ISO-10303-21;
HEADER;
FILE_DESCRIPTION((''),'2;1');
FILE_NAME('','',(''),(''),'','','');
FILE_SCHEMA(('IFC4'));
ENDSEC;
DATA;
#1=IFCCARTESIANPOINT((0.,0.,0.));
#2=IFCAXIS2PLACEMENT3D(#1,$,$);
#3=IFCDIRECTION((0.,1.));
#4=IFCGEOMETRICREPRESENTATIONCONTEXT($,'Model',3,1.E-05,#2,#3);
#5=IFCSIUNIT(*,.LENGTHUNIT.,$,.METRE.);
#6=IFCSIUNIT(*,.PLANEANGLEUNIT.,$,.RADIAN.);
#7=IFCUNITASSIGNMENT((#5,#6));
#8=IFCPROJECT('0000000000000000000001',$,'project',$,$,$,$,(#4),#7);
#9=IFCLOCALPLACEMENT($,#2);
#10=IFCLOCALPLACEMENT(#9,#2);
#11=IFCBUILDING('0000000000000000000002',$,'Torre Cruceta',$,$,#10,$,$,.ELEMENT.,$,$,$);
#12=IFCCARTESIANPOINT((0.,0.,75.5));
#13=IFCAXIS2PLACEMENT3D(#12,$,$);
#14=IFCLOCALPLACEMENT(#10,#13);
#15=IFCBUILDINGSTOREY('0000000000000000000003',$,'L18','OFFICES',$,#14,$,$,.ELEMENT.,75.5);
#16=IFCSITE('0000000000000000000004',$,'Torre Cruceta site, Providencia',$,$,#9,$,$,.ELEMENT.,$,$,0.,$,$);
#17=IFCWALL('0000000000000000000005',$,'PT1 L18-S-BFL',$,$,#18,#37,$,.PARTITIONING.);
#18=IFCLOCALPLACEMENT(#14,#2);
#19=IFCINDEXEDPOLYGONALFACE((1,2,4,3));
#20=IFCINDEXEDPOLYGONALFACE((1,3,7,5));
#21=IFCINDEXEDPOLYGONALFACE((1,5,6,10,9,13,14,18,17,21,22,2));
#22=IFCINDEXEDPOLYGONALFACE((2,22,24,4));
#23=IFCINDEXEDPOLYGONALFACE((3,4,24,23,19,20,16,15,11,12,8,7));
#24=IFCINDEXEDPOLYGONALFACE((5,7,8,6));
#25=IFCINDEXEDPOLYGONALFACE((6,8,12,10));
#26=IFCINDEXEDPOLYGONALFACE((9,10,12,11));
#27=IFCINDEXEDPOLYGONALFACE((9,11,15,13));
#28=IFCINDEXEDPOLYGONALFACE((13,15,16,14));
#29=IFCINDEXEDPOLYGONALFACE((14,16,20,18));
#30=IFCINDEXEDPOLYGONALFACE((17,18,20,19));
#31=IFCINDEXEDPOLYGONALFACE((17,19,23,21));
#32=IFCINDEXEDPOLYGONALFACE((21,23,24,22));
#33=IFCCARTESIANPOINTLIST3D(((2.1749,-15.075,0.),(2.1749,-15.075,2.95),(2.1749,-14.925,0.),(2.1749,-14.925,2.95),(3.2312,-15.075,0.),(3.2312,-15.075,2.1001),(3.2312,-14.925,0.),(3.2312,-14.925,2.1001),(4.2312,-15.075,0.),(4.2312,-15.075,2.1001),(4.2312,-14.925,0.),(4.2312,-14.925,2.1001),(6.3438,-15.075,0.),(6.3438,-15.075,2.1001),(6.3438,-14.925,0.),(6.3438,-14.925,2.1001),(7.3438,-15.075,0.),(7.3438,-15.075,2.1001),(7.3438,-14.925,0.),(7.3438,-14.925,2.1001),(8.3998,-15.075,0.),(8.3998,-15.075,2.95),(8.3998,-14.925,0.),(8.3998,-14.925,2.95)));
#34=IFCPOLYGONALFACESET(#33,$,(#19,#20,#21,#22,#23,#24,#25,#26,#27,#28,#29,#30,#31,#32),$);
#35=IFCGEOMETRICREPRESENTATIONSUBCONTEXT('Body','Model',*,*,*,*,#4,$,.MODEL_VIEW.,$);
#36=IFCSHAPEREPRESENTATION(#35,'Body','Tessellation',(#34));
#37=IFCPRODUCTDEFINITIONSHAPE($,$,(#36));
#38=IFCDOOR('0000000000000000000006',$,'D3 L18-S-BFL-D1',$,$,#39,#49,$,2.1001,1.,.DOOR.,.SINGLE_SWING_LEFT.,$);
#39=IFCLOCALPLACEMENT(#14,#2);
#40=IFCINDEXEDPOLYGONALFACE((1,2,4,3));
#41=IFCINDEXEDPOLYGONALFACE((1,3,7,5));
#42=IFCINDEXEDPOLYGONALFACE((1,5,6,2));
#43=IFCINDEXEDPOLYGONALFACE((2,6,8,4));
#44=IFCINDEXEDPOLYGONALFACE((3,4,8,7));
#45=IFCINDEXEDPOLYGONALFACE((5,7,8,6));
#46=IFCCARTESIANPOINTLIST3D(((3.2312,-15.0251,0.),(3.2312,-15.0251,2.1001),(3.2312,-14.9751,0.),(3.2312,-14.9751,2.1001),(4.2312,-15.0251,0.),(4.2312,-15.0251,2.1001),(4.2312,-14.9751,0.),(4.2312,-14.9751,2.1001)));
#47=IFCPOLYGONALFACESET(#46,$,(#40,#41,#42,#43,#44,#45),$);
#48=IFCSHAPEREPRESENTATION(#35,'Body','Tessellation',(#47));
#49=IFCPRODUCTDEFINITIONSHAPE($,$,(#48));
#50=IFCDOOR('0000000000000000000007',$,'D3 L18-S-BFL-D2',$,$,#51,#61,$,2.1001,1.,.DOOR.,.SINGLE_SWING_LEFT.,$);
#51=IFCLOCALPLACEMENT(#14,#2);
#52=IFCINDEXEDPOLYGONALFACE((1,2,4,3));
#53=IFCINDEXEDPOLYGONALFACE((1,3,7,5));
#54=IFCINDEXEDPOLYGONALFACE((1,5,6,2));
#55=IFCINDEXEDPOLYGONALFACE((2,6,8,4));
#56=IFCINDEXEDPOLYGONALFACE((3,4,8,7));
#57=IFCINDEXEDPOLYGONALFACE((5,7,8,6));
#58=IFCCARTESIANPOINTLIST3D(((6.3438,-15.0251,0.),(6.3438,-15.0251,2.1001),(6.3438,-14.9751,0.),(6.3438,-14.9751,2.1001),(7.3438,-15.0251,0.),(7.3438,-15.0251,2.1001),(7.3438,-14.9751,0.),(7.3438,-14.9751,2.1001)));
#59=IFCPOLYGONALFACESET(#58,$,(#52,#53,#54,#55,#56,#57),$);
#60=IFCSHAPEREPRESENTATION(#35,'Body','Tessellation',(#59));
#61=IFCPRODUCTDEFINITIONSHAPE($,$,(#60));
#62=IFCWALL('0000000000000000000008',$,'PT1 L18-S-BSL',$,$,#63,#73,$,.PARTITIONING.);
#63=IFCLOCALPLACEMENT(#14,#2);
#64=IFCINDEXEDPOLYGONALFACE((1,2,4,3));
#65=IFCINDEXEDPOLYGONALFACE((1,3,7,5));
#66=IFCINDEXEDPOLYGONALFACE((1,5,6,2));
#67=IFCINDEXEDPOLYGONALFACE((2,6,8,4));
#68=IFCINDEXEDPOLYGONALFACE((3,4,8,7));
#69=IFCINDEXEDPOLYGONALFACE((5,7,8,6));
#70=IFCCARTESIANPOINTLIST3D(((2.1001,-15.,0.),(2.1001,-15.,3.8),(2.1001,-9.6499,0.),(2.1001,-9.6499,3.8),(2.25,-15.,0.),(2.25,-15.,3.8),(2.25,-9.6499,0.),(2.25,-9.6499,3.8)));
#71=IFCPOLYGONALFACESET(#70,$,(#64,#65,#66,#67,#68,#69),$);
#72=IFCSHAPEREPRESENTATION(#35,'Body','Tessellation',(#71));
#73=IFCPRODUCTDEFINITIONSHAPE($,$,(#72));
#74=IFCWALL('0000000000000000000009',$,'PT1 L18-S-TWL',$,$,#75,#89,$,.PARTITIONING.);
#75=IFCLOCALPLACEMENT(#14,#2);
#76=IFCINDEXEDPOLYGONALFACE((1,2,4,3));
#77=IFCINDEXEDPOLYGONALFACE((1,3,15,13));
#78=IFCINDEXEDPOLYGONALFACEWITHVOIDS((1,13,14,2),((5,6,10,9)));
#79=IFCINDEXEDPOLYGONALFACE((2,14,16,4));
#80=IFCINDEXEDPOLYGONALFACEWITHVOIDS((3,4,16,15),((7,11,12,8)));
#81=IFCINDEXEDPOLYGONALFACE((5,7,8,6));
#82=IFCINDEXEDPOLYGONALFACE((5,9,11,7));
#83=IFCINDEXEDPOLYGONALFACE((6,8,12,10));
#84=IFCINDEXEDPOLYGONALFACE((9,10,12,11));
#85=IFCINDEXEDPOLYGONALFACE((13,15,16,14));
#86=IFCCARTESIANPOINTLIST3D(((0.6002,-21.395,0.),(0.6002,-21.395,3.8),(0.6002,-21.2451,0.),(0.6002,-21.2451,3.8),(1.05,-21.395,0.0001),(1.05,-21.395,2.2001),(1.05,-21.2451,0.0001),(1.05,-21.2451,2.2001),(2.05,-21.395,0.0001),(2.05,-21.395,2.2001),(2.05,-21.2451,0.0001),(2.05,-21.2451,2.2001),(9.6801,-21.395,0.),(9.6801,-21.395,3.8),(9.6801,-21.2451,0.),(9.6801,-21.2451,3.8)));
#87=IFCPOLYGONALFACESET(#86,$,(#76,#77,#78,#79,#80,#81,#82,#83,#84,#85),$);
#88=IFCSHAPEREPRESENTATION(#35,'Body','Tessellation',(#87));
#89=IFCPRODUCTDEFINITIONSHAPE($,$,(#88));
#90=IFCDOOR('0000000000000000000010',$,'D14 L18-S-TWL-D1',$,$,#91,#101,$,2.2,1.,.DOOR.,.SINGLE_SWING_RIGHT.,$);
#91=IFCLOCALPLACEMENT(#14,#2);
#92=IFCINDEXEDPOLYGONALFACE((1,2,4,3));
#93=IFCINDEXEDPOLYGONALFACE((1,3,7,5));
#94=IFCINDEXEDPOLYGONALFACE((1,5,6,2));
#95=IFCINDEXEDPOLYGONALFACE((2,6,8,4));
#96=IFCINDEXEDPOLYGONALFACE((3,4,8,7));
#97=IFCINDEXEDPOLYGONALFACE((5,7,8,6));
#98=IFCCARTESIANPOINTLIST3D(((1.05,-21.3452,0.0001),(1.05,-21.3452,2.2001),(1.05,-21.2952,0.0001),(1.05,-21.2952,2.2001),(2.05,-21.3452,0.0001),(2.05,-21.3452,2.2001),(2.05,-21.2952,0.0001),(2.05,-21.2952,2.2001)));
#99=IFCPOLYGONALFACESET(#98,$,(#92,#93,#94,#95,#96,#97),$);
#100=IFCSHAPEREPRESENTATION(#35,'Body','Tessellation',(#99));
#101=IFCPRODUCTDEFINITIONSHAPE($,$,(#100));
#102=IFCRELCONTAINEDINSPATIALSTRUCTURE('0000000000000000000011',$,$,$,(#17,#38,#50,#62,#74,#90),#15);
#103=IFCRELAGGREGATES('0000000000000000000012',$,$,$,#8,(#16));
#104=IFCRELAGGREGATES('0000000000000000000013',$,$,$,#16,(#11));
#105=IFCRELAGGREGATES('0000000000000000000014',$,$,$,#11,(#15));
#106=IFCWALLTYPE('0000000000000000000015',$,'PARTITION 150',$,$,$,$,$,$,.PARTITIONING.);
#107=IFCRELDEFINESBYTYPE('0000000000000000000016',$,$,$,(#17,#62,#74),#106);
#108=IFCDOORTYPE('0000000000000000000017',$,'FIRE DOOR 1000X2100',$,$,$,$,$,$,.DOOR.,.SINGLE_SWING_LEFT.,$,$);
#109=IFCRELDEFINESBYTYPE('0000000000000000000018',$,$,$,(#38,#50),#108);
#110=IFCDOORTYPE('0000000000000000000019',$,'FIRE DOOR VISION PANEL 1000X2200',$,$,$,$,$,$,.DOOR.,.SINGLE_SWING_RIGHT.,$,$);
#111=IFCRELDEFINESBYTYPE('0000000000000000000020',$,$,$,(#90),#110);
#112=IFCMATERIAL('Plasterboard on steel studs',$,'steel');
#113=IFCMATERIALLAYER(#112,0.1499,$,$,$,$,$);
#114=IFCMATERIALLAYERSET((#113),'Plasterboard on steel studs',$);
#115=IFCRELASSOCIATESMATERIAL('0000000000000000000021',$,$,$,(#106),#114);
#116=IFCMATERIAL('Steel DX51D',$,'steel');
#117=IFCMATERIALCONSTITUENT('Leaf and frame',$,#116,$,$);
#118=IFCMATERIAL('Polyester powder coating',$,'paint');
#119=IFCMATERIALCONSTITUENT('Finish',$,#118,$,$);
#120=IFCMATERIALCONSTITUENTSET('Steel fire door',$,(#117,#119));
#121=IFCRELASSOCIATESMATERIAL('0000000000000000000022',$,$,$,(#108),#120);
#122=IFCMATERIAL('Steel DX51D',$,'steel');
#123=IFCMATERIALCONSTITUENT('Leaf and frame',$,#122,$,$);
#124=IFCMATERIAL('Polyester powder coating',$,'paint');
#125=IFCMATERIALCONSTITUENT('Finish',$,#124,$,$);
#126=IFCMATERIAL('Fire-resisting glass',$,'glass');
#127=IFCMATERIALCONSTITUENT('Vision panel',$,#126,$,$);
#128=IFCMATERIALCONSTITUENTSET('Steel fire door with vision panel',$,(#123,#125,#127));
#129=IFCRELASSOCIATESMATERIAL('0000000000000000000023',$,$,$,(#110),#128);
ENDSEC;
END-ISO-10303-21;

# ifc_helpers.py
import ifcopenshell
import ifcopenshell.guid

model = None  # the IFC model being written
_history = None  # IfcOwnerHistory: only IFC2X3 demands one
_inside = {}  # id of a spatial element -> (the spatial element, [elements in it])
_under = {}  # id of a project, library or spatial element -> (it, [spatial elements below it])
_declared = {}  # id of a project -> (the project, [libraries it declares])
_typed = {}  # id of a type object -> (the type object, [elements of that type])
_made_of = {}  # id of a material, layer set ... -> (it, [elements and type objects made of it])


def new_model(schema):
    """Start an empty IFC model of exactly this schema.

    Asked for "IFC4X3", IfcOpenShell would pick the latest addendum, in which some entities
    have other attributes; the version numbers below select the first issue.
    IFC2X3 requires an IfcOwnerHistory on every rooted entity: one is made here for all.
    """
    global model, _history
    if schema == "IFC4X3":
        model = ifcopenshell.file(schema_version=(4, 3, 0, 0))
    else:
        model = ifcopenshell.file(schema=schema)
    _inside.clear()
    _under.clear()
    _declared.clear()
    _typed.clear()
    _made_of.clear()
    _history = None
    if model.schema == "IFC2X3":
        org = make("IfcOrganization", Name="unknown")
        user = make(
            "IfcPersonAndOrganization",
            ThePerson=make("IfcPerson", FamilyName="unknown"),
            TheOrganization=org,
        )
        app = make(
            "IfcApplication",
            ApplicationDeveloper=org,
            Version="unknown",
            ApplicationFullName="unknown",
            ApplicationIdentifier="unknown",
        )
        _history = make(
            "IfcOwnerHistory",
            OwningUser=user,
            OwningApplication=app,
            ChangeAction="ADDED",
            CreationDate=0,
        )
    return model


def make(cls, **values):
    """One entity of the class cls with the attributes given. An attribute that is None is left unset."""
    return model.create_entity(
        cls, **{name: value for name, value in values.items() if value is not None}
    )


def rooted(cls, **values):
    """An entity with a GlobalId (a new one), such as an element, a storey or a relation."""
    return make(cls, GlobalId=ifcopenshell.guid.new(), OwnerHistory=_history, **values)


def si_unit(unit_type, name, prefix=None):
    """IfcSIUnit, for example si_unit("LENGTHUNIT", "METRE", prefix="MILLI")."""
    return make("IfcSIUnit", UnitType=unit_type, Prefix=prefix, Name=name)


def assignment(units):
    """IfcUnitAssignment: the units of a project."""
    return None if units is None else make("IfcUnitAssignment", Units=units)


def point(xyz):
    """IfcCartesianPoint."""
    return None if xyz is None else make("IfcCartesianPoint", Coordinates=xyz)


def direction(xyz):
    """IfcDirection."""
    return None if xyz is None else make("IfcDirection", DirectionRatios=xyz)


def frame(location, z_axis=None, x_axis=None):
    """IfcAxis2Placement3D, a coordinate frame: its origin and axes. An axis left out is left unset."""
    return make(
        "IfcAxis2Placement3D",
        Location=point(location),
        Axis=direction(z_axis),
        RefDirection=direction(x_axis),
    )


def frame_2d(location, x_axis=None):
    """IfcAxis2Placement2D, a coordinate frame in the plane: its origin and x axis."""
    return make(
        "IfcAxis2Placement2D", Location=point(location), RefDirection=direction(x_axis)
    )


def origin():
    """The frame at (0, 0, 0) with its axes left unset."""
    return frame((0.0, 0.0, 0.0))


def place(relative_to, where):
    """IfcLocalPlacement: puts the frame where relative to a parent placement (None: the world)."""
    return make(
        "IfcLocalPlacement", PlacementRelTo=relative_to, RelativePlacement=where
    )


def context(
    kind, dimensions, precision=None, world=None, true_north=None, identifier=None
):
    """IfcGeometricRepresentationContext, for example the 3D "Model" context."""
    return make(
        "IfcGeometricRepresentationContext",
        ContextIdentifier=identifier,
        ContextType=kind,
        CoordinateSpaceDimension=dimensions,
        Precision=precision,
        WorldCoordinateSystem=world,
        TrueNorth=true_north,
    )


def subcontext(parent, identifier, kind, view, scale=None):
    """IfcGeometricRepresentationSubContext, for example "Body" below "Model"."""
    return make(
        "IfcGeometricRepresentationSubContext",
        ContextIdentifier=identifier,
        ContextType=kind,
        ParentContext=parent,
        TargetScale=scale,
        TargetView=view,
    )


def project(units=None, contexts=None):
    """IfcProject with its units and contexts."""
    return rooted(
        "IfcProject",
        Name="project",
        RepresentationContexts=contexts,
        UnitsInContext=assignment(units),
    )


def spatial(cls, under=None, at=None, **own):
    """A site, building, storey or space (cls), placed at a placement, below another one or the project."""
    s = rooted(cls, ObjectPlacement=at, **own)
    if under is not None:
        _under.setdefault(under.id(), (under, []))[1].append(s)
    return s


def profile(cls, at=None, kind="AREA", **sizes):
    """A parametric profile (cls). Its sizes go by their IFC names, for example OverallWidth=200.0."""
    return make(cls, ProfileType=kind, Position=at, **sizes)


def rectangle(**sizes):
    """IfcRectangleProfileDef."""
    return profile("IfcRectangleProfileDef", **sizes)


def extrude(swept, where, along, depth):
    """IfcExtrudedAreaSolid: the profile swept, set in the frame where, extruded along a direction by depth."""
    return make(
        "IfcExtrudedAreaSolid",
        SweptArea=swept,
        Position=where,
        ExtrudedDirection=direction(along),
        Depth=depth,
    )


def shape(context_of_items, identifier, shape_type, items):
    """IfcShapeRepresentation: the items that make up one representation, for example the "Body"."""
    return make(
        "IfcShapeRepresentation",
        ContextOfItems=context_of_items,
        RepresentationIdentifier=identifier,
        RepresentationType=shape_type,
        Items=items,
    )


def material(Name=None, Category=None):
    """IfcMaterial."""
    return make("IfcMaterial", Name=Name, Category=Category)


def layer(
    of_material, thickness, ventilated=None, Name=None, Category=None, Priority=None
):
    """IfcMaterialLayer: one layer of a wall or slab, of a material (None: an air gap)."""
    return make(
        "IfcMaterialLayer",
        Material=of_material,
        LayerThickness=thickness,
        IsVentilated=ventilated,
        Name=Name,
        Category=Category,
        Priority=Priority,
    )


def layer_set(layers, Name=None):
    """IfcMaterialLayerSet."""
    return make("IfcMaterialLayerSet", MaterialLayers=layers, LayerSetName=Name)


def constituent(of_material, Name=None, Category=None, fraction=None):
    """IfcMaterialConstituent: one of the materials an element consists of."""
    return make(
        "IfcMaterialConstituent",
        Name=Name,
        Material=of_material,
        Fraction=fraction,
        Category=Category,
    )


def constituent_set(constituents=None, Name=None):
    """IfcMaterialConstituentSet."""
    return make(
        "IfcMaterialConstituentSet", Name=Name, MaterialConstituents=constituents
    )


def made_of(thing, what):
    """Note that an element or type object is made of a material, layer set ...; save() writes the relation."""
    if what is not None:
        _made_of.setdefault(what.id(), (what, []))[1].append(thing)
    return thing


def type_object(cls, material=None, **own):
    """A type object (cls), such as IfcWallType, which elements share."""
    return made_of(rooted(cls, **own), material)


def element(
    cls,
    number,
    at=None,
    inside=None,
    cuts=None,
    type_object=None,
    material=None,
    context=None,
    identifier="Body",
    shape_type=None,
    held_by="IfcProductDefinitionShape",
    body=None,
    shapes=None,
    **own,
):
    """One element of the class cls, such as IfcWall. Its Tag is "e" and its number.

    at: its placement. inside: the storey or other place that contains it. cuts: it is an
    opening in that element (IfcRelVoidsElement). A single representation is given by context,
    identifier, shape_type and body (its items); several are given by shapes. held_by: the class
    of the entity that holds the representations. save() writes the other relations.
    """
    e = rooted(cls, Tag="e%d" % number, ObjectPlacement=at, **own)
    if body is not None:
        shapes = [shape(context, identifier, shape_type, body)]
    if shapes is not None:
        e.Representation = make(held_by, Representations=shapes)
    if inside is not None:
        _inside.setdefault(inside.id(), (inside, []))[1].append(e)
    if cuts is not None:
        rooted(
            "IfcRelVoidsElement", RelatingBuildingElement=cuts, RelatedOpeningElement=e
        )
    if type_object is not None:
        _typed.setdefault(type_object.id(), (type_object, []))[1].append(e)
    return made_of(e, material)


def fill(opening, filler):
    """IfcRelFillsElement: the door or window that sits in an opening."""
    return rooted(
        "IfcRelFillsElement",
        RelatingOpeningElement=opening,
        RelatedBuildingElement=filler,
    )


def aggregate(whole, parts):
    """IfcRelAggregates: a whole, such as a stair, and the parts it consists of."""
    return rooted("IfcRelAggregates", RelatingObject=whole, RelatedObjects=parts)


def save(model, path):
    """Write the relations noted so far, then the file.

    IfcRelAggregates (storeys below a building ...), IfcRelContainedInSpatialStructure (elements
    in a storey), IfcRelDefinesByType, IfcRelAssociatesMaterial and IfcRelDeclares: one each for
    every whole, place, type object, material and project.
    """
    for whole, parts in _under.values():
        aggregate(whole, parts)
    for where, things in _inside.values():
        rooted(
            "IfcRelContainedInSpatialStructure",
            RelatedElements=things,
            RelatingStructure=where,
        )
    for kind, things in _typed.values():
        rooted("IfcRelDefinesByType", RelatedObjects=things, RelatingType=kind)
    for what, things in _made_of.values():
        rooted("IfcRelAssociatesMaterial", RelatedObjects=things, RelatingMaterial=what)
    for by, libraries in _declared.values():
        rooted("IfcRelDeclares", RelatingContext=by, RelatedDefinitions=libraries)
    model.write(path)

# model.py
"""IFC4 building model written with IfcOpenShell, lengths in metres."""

from ifc_helpers import new_model, si_unit, direction, frame, frame_2d, origin, place, context, subcontext, project, spatial, rectangle, extrude, material, layer, layer_set, constituent, constituent_set, type_object, element, fill, save


model = new_model("IFC4")

# Units and contexts
model_context = context("Model", 3, precision=1e-05, world=origin(), true_north=direction((0.0, 1.0)))
body_context = subcontext(model_context, "Body", "Model", "MODEL_VIEW")
ifc_project = project(units=[si_unit("LENGTHUNIT", "METRE"), si_unit("PLANEANGLEUNIT", "RADIAN")], contexts=[model_context])

# Site, building, storey
site_placement = place(None, origin())
site = spatial("IfcSite", under=ifc_project, at=site_placement, Name="Torre Cruceta site, Providencia", CompositionType="ELEMENT", RefElevation=0.0)
building_placement = place(site_placement, origin())
building = spatial("IfcBuilding", under=site, at=building_placement, Name="Torre Cruceta", CompositionType="ELEMENT")
storey_placement = place(building_placement, frame((0.0, 0.0, 75.5)))
storey = spatial("IfcBuildingStorey", under=building, at=storey_placement, Name="L18", Description="OFFICES", CompositionType="ELEMENT", Elevation=75.5)

# Wall, openings, doors
ifc_material_1 = material(Name="Plasterboard on steel studs", Category="steel")
ifc_layer_1 = layer(ifc_material_1, 0.1499)
ifc_layer_set_1 = layer_set([ifc_layer_1], Name="Plasterboard on steel studs")
wall_type_1 = type_object("IfcWallType", Name="PARTITION 150", PredefinedType="PARTITIONING", material=ifc_layer_set_1)
wall_1_placement = place(storey_placement, frame((2.175, -15.0, 0.0), z_axis=(0.0, 0.0, 1.0), x_axis=(1.0, 0.0, 0.0)))
wall_1 = element("IfcWall", 1, at=wall_1_placement, inside=storey, type_object=wall_type_1, Name="PT1 L18-S-BFL", PredefinedType="PARTITIONING", context=body_context, shape_type="SweptSolid", body=[
    extrude(rectangle(XDim=6.2249, YDim=0.1499, at=frame_2d((3.1123, 0.0))), origin(), (0.0, 0.0, 1.0), 2.95),
])
opening_1_placement = place(wall_1_placement, frame((1.0562, 0.0, 0.0)))
opening_1 = element("IfcOpeningElement", 2, at=opening_1_placement, cuts=wall_1, PredefinedType="OPENING", context=body_context, shape_type="SweptSolid", body=[
    extrude(rectangle(XDim=1.0, YDim=2.1001, at=frame_2d((0.5, 1.05))), frame((0.0, 0.085, 0.0), z_axis=(0.0, -1.0, 0.0), x_axis=(1.0, 0.0, 0.0)), (0.0, 0.0, 1.0), 0.1699),
])
opening_2_placement = place(wall_1_placement, frame((4.1687, 0.0, 0.0)))
opening_2 = element("IfcOpeningElement", 3, at=opening_2_placement, cuts=wall_1, PredefinedType="OPENING", context=body_context, shape_type="SweptSolid", body=[
    extrude(rectangle(XDim=1.0, YDim=2.1001, at=frame_2d((0.5, 1.05))), frame((0.0, 0.085, 0.0), z_axis=(0.0, -1.0, 0.0), x_axis=(1.0, 0.0, 0.0)), (0.0, 0.0, 1.0), 0.1699),
])
ifc_material_2 = material(Name="Steel DX51D", Category="steel")
ifc_constituent_1 = constituent(ifc_material_2, Name="Leaf and frame")
ifc_material_3 = material(Name="Polyester powder coating", Category="paint")
ifc_constituent_2 = constituent(ifc_material_3, Name="Finish")
ifc_constituent_set_1 = constituent_set(constituents=[ifc_constituent_1, ifc_constituent_2], Name="Steel fire door")
door_type_1 = type_object("IfcDoorType", Name="FIRE DOOR 1000X2100", OperationType="SINGLE_SWING_LEFT", PredefinedType="DOOR", material=ifc_constituent_set_1)
door_1_placement = place(opening_1_placement, origin())
door_1 = element("IfcDoor", 4, at=door_1_placement, inside=storey, type_object=door_type_1, Name="D3 L18-S-BFL-D1", OperationType="SINGLE_SWING_LEFT", OverallHeight=2.1001, OverallWidth=1.0, PredefinedType="DOOR", context=body_context, shape_type="SweptSolid", body=[
    extrude(rectangle(XDim=1.0, YDim=2.1001, at=frame_2d((0.5, 1.05))), frame((0.0, 0.0249, 0.0), z_axis=(0.0, -1.0, 0.0), x_axis=(1.0, 0.0, 0.0)), (0.0, 0.0, 1.0), 0.05),
])
fill(opening_1, door_1)
door_2_placement = place(opening_2_placement, origin())
door_2 = element("IfcDoor", 5, at=door_2_placement, inside=storey, type_object=door_type_1, Name="D3 L18-S-BFL-D2", OperationType="SINGLE_SWING_LEFT", OverallHeight=2.1001, OverallWidth=1.0, PredefinedType="DOOR", context=body_context, shape_type="SweptSolid", body=[
    extrude(rectangle(XDim=1.0, YDim=2.1001, at=frame_2d((0.5, 1.05))), frame((0.0, 0.0249, 0.0), z_axis=(0.0, -1.0, 0.0), x_axis=(1.0, 0.0, 0.0)), (0.0, 0.0, 1.0), 0.05),
])
fill(opening_2, door_2)

# Wall
wall_2_placement = place(storey_placement, frame((2.175, -9.6499, 0.0), z_axis=(0.0, 0.0, 1.0), x_axis=(0.0, -1.0, 0.0)))
element("IfcWall", 6, at=wall_2_placement, inside=storey, type_object=wall_type_1, Name="PT1 L18-S-BSL", PredefinedType="PARTITIONING", context=body_context, shape_type="SweptSolid", body=[
    extrude(rectangle(XDim=5.3501, YDim=0.1499, at=frame_2d((2.675, 0.0))), origin(), (0.0, 0.0, 1.0), 3.8),
])

# Wall, opening, door
wall_3_placement = place(storey_placement, frame((0.6001, -21.3201, 0.0), z_axis=(0.0, 0.0, 1.0), x_axis=(1.0, 0.0, 0.0)))
wall_3 = element("IfcWall", 7, at=wall_3_placement, inside=storey, type_object=wall_type_1, Name="PT1 L18-S-TWL", PredefinedType="PARTITIONING", context=body_context, shape_type="SweptSolid", body=[
    extrude(rectangle(XDim=9.0798, YDim=0.1499, at=frame_2d((4.54, 0.0))), origin(), (0.0, 0.0, 1.0), 3.8),
])
opening_3_placement = place(wall_3_placement, frame((0.45, 0.0, 0.0)))
opening_3 = element("IfcOpeningElement", 8, at=opening_3_placement, cuts=wall_3, PredefinedType="OPENING", context=body_context, shape_type="SweptSolid", body=[
    extrude(rectangle(XDim=1.0, YDim=2.2, at=frame_2d((0.5, 1.1001))), frame((0.0, 0.085, 0.0), z_axis=(0.0, -1.0, 0.0), x_axis=(1.0, 0.0, 0.0)), (0.0, 0.0, 1.0), 0.1699),
])
ifc_material_4 = material(Name="Steel DX51D", Category="steel")
ifc_constituent_3 = constituent(ifc_material_4, Name="Leaf and frame")
ifc_material_5 = material(Name="Polyester powder coating", Category="paint")
ifc_constituent_4 = constituent(ifc_material_5, Name="Finish")
ifc_material_6 = material(Name="Fire-resisting glass", Category="glass")
ifc_constituent_5 = constituent(ifc_material_6, Name="Vision panel")
ifc_constituent_set_2 = constituent_set(constituents=[ifc_constituent_3, ifc_constituent_4, ifc_constituent_5], Name="Steel fire door with vision panel")
door_type_2 = type_object("IfcDoorType", Name="FIRE DOOR VISION PANEL 1000X2200", OperationType="SINGLE_SWING_RIGHT", PredefinedType="DOOR", material=ifc_constituent_set_2)
door_3_placement = place(opening_3_placement, frame((1.0, 0.0, 0.0), z_axis=(0.0, 0.0, 1.0), x_axis=(-1.0, 0.0, 0.0)))
door_3 = element("IfcDoor", 9, at=door_3_placement, inside=storey, type_object=door_type_2, Name="D14 L18-S-TWL-D1", OperationType="SINGLE_SWING_RIGHT", OverallHeight=2.2, OverallWidth=1.0, PredefinedType="DOOR", context=body_context, shape_type="SweptSolid", body=[
    extrude(rectangle(XDim=1.0, YDim=2.2, at=frame_2d((0.5, 1.1001))), frame((0.0, 0.0251, 0.0), z_axis=(0.0, -1.0, 0.0), x_axis=(1.0, 0.0, 0.0)), (0.0, 0.0, 1.0), 0.05),
])
fill(opening_3, door_3)

save(model, "model.ifc")
